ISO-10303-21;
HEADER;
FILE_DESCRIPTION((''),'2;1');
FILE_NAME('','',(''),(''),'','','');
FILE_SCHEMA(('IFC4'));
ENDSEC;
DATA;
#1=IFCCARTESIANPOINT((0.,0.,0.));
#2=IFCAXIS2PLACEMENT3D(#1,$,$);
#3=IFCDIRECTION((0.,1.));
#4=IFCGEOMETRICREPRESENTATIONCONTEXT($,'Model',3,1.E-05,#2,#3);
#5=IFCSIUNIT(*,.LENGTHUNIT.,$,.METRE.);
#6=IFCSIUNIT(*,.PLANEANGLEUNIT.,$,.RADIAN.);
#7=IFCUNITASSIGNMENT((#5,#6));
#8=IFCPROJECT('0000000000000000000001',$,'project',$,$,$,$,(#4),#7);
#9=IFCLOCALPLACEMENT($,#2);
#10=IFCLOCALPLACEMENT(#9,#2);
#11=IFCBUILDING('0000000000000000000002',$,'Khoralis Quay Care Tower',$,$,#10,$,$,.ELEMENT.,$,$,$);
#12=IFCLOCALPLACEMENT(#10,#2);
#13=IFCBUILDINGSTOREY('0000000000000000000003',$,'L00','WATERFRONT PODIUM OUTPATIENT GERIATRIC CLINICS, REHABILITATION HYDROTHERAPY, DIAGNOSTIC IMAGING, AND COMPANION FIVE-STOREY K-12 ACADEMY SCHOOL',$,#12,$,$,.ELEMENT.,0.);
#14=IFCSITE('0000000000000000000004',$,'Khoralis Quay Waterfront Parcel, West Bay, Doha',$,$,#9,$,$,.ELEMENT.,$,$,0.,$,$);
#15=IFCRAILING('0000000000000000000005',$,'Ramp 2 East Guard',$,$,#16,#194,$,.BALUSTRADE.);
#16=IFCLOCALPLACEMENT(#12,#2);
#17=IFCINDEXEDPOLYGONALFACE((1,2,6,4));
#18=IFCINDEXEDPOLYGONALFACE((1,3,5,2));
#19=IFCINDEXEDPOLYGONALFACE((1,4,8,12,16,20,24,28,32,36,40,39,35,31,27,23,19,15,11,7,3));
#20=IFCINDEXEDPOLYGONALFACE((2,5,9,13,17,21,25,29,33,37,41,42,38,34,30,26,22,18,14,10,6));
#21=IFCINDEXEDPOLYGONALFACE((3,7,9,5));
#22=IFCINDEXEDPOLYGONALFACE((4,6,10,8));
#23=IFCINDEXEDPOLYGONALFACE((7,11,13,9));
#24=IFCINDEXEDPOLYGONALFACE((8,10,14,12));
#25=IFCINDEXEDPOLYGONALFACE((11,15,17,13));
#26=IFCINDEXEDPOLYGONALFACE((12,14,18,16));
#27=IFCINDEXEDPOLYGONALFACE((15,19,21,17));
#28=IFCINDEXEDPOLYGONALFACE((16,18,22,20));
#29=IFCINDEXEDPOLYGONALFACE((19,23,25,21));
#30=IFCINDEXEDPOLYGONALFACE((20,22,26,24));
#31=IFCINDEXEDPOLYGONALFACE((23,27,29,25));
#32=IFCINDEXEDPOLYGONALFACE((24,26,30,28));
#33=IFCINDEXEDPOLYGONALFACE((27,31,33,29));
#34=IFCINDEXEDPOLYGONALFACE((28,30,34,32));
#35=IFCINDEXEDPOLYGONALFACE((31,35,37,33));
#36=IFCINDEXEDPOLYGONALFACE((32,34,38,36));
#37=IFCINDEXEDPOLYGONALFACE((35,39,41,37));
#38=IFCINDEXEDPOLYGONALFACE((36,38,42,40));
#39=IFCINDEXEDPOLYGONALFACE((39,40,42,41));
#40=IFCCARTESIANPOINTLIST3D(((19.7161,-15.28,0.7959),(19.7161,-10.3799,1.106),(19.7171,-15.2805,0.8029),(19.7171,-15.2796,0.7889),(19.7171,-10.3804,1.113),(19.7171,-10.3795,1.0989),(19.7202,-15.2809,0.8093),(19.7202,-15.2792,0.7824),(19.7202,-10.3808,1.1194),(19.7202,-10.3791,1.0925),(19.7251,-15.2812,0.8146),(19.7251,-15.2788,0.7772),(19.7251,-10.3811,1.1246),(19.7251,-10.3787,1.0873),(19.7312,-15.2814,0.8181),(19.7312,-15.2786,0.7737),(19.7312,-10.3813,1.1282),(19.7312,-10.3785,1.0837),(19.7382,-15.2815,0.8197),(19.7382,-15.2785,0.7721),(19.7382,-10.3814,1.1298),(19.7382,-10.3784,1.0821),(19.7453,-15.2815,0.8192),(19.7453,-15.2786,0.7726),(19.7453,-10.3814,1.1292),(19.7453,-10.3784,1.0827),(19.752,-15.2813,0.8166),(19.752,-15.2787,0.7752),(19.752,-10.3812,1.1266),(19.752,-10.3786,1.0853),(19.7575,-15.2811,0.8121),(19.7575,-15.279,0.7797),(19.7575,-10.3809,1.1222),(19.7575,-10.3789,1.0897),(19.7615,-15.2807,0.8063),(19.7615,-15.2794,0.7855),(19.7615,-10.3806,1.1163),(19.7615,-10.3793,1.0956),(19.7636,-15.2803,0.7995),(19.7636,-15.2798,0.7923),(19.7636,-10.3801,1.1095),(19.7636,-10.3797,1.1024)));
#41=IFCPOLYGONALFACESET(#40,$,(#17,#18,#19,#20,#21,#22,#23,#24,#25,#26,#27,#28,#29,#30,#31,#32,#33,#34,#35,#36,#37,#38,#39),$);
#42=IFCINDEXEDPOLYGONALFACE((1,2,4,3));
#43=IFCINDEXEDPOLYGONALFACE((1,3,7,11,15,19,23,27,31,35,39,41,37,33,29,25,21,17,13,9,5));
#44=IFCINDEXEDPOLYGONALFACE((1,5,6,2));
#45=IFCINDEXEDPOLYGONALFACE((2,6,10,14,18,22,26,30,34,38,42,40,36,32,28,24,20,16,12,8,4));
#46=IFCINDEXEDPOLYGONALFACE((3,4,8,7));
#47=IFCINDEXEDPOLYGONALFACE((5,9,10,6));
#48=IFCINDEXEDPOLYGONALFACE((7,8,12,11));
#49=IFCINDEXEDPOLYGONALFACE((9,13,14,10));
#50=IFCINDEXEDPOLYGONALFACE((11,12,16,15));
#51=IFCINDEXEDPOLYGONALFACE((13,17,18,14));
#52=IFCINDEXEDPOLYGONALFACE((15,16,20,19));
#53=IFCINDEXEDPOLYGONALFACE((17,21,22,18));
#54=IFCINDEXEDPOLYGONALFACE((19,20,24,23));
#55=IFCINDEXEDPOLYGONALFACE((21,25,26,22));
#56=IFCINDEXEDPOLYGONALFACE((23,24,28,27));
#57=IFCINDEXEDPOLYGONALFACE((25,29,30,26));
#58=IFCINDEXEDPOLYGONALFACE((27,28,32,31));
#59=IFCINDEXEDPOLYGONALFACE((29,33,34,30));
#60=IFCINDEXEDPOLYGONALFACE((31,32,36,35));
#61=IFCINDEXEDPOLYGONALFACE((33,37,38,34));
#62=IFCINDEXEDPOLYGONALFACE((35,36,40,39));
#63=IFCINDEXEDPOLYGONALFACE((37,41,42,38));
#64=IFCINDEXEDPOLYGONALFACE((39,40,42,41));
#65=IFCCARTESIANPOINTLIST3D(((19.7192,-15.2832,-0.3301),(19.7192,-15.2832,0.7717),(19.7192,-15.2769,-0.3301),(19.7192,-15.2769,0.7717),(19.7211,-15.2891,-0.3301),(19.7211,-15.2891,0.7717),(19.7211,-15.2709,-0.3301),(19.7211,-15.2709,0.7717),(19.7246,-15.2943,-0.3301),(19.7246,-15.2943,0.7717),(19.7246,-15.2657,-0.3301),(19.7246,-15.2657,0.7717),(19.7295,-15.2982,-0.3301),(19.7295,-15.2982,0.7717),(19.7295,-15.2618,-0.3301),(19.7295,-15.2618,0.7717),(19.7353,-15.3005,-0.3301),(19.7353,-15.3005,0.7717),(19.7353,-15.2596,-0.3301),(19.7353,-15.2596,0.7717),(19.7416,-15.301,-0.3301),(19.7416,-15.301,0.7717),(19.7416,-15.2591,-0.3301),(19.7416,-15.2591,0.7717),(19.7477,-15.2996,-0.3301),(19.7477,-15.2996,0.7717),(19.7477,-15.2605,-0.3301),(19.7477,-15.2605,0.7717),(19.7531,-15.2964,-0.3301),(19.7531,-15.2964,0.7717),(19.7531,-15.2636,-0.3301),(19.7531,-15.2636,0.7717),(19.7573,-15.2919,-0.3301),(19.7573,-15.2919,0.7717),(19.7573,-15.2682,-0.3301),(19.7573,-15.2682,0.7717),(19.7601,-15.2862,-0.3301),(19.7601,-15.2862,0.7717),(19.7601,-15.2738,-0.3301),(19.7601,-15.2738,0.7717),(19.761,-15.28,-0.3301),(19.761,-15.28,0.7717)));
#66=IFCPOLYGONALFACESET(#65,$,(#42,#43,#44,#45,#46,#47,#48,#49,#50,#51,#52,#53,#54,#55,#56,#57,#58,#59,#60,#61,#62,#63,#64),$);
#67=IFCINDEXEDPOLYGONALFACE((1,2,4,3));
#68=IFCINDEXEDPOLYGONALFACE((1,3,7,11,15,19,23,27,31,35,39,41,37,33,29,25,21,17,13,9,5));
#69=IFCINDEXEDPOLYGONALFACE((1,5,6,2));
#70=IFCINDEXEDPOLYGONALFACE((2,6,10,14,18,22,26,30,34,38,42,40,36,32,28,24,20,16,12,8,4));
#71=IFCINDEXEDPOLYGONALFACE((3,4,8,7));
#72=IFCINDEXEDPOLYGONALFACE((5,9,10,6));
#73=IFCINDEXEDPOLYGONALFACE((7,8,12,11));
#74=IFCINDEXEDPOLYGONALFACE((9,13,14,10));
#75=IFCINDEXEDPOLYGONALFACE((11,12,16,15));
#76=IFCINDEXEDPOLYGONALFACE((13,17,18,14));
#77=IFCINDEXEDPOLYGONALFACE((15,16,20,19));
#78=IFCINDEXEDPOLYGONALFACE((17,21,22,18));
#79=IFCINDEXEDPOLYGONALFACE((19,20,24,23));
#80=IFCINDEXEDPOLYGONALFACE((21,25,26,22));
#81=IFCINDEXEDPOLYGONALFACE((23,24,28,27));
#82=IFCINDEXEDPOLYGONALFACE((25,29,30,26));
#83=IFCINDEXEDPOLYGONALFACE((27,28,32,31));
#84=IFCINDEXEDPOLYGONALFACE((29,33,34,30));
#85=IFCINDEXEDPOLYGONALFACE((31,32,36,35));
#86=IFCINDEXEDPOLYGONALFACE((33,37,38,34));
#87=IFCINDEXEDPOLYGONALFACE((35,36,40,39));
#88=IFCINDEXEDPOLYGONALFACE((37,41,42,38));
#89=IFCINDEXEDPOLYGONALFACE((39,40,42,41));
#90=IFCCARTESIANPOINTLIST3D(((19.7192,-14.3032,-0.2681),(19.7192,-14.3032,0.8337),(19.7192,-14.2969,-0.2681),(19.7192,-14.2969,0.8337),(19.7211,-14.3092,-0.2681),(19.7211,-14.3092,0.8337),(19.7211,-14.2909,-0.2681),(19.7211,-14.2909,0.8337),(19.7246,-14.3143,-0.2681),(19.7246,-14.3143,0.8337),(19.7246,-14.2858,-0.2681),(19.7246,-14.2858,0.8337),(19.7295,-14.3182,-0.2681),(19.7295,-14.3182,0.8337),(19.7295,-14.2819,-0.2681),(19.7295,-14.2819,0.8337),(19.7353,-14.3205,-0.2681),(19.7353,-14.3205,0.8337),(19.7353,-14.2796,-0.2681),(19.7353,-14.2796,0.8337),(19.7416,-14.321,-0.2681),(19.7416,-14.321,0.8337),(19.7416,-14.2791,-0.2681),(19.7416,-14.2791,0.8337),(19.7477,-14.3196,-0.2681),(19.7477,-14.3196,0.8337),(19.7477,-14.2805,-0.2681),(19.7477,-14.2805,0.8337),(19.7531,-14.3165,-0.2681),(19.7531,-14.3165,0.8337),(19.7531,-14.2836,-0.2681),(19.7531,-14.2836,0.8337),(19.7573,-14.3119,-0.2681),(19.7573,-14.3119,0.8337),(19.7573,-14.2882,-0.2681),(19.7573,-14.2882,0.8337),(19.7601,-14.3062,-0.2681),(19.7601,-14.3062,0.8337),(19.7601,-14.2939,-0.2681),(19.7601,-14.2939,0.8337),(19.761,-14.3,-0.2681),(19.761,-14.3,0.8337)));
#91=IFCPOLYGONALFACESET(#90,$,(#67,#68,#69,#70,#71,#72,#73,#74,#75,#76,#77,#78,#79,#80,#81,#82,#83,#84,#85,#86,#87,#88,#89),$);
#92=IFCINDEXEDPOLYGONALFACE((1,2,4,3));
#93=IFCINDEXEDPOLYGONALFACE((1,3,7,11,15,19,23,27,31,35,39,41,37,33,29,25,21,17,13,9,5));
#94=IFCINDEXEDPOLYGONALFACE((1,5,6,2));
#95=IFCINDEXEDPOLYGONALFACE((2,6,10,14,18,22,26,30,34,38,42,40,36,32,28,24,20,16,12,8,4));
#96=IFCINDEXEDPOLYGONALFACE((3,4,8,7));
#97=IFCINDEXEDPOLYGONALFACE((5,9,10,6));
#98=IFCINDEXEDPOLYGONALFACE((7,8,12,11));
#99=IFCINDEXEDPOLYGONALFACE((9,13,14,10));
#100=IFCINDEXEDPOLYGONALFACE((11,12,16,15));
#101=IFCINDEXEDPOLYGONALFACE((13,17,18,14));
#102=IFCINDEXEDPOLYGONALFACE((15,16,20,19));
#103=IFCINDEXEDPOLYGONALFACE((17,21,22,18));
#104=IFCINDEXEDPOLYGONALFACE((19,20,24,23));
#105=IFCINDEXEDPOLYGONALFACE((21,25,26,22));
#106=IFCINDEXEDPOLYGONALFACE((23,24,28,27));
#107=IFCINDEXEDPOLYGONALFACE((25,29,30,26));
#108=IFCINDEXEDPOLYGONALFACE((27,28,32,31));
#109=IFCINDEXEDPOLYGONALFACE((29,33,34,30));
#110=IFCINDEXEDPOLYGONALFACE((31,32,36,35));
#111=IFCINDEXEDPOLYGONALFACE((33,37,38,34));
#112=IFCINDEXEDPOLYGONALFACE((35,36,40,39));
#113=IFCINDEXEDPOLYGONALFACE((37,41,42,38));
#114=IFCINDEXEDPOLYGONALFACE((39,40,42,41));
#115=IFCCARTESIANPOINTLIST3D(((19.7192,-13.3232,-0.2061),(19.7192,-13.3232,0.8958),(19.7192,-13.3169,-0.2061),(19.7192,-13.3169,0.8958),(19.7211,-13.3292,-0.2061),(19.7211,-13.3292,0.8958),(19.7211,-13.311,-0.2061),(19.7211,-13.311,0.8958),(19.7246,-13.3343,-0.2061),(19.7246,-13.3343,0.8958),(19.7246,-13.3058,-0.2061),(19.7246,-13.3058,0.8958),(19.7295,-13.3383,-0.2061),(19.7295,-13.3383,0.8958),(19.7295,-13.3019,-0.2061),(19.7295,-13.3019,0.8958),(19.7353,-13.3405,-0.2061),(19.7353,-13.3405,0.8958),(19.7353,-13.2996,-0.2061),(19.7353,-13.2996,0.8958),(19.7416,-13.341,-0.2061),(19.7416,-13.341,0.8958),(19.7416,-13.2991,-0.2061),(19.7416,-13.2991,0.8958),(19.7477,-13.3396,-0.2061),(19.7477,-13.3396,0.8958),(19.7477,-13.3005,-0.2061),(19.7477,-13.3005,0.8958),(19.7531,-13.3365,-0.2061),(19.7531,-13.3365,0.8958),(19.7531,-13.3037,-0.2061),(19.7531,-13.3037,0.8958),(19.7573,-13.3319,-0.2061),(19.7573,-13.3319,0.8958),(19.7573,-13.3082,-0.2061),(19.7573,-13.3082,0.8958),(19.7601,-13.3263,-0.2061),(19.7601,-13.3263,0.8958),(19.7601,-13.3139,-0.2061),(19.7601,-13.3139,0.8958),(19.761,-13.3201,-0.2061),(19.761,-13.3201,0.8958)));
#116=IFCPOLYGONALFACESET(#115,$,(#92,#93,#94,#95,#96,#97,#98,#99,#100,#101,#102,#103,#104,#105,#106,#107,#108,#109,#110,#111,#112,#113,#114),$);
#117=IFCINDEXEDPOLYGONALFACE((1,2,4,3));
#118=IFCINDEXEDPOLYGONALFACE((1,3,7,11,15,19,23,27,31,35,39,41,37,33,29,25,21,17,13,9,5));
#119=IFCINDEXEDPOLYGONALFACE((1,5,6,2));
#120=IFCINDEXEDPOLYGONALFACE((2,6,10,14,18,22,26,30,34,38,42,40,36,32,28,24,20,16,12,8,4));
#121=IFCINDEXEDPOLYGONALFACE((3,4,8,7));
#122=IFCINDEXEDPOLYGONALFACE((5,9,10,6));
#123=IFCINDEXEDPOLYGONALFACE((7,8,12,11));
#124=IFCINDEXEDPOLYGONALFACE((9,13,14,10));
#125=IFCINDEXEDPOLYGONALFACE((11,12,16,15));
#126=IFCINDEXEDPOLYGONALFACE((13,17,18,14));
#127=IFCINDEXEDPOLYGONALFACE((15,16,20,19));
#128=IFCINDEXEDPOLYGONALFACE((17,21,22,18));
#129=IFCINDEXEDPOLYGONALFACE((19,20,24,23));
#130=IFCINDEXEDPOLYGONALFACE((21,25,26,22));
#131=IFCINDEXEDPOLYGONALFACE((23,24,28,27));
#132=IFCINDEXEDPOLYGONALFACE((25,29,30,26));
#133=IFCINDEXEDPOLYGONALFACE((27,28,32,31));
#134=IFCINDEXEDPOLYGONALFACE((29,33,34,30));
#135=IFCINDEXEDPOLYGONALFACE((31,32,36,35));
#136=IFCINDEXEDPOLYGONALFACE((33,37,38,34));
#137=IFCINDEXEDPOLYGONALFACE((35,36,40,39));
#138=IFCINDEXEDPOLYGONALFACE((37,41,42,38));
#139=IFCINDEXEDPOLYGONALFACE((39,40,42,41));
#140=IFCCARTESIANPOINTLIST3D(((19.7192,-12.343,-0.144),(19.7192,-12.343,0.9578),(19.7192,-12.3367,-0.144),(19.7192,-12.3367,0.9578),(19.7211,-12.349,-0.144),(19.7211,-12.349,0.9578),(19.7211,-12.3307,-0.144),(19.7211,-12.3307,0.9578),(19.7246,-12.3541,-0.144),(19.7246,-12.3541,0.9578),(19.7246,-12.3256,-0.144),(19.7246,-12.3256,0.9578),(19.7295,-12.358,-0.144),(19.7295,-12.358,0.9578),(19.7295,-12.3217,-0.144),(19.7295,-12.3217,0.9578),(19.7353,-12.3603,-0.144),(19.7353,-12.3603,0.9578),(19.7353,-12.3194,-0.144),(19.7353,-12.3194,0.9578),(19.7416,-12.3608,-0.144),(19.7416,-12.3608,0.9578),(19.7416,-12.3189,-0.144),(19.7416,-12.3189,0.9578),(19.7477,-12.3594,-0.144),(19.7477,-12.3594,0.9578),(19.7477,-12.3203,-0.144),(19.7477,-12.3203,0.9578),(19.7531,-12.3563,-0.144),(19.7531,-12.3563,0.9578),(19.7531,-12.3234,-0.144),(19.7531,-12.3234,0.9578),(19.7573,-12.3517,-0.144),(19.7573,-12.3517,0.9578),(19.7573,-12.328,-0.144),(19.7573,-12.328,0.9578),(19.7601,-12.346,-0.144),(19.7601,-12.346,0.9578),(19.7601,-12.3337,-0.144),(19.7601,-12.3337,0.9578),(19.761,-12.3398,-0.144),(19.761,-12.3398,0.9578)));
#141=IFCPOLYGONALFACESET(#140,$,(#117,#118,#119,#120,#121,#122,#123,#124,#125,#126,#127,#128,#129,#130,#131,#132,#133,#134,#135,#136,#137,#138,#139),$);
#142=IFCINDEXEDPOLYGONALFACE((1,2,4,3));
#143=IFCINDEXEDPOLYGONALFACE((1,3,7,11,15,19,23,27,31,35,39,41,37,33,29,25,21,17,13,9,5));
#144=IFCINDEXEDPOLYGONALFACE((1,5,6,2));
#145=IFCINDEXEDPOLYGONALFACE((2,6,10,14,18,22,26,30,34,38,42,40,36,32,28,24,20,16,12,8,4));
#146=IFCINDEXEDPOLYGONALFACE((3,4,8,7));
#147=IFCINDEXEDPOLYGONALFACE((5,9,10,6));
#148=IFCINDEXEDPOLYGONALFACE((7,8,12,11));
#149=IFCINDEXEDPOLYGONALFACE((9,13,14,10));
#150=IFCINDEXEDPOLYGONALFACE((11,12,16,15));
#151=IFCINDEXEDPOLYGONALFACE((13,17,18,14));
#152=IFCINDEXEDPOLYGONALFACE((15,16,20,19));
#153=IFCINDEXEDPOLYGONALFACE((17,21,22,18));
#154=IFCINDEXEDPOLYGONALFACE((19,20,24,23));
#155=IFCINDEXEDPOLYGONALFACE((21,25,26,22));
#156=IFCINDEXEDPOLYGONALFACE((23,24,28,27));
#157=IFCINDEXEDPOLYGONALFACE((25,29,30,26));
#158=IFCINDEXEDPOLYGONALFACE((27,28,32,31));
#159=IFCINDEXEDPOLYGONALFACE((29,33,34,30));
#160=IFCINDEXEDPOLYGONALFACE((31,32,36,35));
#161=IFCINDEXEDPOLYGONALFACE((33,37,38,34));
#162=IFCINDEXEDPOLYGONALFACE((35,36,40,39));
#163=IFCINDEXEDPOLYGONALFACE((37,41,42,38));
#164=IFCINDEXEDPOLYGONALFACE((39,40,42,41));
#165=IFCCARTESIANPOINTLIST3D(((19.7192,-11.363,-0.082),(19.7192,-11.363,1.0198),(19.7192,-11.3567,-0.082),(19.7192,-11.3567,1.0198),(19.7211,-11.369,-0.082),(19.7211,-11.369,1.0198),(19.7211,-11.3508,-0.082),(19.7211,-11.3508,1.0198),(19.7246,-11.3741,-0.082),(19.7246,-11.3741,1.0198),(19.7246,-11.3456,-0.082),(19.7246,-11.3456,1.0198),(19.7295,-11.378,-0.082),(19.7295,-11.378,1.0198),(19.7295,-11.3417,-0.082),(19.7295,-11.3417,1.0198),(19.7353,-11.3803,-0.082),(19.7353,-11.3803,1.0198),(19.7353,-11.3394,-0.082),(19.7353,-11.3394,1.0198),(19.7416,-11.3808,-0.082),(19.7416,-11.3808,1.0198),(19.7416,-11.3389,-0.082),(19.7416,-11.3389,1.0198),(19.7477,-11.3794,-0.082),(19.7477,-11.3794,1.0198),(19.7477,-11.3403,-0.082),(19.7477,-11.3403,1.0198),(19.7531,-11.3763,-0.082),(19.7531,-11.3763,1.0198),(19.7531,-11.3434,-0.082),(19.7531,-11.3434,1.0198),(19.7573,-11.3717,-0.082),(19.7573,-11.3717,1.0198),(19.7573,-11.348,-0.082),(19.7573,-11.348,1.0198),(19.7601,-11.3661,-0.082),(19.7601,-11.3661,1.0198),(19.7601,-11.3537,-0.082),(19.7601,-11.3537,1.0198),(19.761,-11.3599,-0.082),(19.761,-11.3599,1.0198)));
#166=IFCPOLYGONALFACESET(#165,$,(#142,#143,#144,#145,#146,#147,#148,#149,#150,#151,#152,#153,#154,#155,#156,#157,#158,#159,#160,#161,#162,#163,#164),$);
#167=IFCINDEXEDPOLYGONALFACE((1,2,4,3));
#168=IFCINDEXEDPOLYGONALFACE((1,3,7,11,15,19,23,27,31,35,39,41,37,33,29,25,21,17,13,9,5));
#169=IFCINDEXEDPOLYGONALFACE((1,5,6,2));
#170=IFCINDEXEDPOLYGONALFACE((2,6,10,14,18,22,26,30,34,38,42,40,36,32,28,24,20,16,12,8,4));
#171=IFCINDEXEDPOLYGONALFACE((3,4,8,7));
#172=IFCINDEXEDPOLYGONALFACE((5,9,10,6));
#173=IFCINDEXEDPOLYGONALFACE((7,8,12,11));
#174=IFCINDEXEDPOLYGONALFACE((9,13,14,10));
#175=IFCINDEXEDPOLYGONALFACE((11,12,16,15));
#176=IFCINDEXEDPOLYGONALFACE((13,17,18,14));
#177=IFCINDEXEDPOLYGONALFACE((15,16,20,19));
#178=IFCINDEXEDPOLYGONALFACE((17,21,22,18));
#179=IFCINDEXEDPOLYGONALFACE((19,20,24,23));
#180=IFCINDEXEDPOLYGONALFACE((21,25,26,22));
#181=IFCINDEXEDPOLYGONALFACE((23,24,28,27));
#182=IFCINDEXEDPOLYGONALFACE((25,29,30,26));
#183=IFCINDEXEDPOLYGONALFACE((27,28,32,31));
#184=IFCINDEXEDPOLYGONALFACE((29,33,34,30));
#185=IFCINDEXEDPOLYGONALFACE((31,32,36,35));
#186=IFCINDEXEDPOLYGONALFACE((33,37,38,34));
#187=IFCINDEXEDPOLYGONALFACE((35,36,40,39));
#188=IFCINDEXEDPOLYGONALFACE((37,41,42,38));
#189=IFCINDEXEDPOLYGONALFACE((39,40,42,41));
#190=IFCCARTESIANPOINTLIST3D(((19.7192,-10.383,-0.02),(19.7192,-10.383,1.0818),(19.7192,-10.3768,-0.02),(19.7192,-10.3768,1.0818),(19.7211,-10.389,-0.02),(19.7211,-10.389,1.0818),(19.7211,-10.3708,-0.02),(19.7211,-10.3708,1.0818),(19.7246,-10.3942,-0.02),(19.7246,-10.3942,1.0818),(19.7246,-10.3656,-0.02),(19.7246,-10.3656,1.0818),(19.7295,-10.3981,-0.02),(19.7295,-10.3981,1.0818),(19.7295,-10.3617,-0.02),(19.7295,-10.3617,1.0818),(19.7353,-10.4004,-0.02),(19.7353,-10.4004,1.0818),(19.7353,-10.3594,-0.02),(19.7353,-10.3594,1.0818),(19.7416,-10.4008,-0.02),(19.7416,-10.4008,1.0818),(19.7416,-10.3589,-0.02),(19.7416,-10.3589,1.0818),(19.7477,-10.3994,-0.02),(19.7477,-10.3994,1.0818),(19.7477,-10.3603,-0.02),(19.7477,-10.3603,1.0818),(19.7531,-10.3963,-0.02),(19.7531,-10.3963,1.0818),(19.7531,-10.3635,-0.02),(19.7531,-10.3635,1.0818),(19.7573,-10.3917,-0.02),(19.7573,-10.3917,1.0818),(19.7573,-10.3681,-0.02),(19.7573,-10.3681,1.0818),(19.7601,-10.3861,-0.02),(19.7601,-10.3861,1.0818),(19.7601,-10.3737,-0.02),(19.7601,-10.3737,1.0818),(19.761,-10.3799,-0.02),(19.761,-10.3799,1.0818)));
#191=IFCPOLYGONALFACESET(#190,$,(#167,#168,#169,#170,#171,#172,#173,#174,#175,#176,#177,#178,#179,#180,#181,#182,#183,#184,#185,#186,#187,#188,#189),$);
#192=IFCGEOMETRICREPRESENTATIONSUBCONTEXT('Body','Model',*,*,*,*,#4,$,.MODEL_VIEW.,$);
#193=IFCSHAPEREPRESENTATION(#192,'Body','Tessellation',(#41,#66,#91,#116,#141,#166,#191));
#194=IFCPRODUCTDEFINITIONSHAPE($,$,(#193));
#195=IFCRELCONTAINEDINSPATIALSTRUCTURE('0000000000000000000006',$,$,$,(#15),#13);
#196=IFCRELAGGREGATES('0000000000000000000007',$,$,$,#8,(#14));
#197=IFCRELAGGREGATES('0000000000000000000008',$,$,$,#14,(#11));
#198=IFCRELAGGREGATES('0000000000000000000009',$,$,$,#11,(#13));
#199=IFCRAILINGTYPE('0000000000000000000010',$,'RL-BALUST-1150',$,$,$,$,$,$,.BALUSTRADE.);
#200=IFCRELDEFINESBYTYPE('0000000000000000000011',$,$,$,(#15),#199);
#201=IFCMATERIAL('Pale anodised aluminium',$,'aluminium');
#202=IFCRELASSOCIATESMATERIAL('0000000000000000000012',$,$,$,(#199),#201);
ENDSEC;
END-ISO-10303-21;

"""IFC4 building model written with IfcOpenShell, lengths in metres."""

from ifc_helpers import new_model, si_unit, direction, frame, origin, origin_2d, place, context, subcontext, project, spatial, circle, extrude, material, type_object, element, save


model = new_model("IFC4")

# Units and contexts
model_context = context("Model", 3, precision=1e-05, world=origin(), true_north=direction((0.0, 1.0)))
body_context = subcontext(model_context, "Body", "Model", "MODEL_VIEW")
ifc_project = project(units=[si_unit("LENGTHUNIT", "METRE"), si_unit("PLANEANGLEUNIT", "RADIAN")], contexts=[model_context])

# Site, building, storey
site_placement = place(None, origin())
site = spatial("IfcSite", under=ifc_project, at=site_placement, Name="Khoralis Quay Waterfront Parcel, West Bay, Doha", CompositionType="ELEMENT", RefElevation=0.0)
building_placement = place(site_placement, origin())
building = spatial("IfcBuilding", under=site, at=building_placement, Name="Khoralis Quay Care Tower", CompositionType="ELEMENT")
storey_placement = place(building_placement, origin())
storey = spatial("IfcBuildingStorey", under=building, at=storey_placement, Name="L00", Description="WATERFRONT PODIUM OUTPATIENT GERIATRIC CLINICS, REHABILITATION HYDROTHERAPY, DIAGNOSTIC IMAGING, AND COMPANION FIVE-STOREY K-12 ACADEMY SCHOOL", CompositionType="ELEMENT", Elevation=0.0)

# Railing
ifc_material_1 = material(Name="Pale anodised aluminium", Category="aluminium")
railing_type_1 = type_object("IfcRailingType", Name="RL-BALUST-1150", PredefinedType="BALUSTRADE", material=ifc_material_1)
for number, where, name in (
    (1, (19.74, -15.28, -0.3301), "Ramp 2 East Guard"),
):
    element("IfcRailing", number, at=place(storey_placement, frame(where)), inside=storey, type_object=railing_type_1, Name=name, PredefinedType="BALUSTRADE", context=body_context, shape_type="SweptSolid", body=[
        extrude(circle(Radius=0.0239, at=origin_2d()), frame((0.0, 0.0, 1.126), z_axis=(0.0, 0.998004, 0.063149), x_axis=(-1.0, 0.0, 0.0)), (0.0, 0.0, 1.0), 4.9099),
        extrude(circle(Radius=0.021, at=origin_2d()), origin(), (0.0, 0.0, 1.0), 1.1018),
        extrude(circle(Radius=0.021, at=origin_2d()), frame((0.0, 0.98, 0.062)), (0.0, 0.0, 1.0), 1.1018),
        extrude(circle(Radius=0.021, at=origin_2d()), frame((0.0, 1.96, 0.124)), (0.0, 0.0, 1.0), 1.1018),
        extrude(circle(Radius=0.021, at=origin_2d()), frame((0.0, 2.9402, 0.186)), (0.0, 0.0, 1.0), 1.1018),
        extrude(circle(Radius=0.021, at=origin_2d()), frame((0.0, 3.9202, 0.248)), (0.0, 0.0, 1.0), 1.1018),
        extrude(circle(Radius=0.021, at=origin_2d()), frame((0.0, 4.9001, 0.3101)), (0.0, 0.0, 1.0), 1.1018),
    ])

save(model, "model.ifc")
